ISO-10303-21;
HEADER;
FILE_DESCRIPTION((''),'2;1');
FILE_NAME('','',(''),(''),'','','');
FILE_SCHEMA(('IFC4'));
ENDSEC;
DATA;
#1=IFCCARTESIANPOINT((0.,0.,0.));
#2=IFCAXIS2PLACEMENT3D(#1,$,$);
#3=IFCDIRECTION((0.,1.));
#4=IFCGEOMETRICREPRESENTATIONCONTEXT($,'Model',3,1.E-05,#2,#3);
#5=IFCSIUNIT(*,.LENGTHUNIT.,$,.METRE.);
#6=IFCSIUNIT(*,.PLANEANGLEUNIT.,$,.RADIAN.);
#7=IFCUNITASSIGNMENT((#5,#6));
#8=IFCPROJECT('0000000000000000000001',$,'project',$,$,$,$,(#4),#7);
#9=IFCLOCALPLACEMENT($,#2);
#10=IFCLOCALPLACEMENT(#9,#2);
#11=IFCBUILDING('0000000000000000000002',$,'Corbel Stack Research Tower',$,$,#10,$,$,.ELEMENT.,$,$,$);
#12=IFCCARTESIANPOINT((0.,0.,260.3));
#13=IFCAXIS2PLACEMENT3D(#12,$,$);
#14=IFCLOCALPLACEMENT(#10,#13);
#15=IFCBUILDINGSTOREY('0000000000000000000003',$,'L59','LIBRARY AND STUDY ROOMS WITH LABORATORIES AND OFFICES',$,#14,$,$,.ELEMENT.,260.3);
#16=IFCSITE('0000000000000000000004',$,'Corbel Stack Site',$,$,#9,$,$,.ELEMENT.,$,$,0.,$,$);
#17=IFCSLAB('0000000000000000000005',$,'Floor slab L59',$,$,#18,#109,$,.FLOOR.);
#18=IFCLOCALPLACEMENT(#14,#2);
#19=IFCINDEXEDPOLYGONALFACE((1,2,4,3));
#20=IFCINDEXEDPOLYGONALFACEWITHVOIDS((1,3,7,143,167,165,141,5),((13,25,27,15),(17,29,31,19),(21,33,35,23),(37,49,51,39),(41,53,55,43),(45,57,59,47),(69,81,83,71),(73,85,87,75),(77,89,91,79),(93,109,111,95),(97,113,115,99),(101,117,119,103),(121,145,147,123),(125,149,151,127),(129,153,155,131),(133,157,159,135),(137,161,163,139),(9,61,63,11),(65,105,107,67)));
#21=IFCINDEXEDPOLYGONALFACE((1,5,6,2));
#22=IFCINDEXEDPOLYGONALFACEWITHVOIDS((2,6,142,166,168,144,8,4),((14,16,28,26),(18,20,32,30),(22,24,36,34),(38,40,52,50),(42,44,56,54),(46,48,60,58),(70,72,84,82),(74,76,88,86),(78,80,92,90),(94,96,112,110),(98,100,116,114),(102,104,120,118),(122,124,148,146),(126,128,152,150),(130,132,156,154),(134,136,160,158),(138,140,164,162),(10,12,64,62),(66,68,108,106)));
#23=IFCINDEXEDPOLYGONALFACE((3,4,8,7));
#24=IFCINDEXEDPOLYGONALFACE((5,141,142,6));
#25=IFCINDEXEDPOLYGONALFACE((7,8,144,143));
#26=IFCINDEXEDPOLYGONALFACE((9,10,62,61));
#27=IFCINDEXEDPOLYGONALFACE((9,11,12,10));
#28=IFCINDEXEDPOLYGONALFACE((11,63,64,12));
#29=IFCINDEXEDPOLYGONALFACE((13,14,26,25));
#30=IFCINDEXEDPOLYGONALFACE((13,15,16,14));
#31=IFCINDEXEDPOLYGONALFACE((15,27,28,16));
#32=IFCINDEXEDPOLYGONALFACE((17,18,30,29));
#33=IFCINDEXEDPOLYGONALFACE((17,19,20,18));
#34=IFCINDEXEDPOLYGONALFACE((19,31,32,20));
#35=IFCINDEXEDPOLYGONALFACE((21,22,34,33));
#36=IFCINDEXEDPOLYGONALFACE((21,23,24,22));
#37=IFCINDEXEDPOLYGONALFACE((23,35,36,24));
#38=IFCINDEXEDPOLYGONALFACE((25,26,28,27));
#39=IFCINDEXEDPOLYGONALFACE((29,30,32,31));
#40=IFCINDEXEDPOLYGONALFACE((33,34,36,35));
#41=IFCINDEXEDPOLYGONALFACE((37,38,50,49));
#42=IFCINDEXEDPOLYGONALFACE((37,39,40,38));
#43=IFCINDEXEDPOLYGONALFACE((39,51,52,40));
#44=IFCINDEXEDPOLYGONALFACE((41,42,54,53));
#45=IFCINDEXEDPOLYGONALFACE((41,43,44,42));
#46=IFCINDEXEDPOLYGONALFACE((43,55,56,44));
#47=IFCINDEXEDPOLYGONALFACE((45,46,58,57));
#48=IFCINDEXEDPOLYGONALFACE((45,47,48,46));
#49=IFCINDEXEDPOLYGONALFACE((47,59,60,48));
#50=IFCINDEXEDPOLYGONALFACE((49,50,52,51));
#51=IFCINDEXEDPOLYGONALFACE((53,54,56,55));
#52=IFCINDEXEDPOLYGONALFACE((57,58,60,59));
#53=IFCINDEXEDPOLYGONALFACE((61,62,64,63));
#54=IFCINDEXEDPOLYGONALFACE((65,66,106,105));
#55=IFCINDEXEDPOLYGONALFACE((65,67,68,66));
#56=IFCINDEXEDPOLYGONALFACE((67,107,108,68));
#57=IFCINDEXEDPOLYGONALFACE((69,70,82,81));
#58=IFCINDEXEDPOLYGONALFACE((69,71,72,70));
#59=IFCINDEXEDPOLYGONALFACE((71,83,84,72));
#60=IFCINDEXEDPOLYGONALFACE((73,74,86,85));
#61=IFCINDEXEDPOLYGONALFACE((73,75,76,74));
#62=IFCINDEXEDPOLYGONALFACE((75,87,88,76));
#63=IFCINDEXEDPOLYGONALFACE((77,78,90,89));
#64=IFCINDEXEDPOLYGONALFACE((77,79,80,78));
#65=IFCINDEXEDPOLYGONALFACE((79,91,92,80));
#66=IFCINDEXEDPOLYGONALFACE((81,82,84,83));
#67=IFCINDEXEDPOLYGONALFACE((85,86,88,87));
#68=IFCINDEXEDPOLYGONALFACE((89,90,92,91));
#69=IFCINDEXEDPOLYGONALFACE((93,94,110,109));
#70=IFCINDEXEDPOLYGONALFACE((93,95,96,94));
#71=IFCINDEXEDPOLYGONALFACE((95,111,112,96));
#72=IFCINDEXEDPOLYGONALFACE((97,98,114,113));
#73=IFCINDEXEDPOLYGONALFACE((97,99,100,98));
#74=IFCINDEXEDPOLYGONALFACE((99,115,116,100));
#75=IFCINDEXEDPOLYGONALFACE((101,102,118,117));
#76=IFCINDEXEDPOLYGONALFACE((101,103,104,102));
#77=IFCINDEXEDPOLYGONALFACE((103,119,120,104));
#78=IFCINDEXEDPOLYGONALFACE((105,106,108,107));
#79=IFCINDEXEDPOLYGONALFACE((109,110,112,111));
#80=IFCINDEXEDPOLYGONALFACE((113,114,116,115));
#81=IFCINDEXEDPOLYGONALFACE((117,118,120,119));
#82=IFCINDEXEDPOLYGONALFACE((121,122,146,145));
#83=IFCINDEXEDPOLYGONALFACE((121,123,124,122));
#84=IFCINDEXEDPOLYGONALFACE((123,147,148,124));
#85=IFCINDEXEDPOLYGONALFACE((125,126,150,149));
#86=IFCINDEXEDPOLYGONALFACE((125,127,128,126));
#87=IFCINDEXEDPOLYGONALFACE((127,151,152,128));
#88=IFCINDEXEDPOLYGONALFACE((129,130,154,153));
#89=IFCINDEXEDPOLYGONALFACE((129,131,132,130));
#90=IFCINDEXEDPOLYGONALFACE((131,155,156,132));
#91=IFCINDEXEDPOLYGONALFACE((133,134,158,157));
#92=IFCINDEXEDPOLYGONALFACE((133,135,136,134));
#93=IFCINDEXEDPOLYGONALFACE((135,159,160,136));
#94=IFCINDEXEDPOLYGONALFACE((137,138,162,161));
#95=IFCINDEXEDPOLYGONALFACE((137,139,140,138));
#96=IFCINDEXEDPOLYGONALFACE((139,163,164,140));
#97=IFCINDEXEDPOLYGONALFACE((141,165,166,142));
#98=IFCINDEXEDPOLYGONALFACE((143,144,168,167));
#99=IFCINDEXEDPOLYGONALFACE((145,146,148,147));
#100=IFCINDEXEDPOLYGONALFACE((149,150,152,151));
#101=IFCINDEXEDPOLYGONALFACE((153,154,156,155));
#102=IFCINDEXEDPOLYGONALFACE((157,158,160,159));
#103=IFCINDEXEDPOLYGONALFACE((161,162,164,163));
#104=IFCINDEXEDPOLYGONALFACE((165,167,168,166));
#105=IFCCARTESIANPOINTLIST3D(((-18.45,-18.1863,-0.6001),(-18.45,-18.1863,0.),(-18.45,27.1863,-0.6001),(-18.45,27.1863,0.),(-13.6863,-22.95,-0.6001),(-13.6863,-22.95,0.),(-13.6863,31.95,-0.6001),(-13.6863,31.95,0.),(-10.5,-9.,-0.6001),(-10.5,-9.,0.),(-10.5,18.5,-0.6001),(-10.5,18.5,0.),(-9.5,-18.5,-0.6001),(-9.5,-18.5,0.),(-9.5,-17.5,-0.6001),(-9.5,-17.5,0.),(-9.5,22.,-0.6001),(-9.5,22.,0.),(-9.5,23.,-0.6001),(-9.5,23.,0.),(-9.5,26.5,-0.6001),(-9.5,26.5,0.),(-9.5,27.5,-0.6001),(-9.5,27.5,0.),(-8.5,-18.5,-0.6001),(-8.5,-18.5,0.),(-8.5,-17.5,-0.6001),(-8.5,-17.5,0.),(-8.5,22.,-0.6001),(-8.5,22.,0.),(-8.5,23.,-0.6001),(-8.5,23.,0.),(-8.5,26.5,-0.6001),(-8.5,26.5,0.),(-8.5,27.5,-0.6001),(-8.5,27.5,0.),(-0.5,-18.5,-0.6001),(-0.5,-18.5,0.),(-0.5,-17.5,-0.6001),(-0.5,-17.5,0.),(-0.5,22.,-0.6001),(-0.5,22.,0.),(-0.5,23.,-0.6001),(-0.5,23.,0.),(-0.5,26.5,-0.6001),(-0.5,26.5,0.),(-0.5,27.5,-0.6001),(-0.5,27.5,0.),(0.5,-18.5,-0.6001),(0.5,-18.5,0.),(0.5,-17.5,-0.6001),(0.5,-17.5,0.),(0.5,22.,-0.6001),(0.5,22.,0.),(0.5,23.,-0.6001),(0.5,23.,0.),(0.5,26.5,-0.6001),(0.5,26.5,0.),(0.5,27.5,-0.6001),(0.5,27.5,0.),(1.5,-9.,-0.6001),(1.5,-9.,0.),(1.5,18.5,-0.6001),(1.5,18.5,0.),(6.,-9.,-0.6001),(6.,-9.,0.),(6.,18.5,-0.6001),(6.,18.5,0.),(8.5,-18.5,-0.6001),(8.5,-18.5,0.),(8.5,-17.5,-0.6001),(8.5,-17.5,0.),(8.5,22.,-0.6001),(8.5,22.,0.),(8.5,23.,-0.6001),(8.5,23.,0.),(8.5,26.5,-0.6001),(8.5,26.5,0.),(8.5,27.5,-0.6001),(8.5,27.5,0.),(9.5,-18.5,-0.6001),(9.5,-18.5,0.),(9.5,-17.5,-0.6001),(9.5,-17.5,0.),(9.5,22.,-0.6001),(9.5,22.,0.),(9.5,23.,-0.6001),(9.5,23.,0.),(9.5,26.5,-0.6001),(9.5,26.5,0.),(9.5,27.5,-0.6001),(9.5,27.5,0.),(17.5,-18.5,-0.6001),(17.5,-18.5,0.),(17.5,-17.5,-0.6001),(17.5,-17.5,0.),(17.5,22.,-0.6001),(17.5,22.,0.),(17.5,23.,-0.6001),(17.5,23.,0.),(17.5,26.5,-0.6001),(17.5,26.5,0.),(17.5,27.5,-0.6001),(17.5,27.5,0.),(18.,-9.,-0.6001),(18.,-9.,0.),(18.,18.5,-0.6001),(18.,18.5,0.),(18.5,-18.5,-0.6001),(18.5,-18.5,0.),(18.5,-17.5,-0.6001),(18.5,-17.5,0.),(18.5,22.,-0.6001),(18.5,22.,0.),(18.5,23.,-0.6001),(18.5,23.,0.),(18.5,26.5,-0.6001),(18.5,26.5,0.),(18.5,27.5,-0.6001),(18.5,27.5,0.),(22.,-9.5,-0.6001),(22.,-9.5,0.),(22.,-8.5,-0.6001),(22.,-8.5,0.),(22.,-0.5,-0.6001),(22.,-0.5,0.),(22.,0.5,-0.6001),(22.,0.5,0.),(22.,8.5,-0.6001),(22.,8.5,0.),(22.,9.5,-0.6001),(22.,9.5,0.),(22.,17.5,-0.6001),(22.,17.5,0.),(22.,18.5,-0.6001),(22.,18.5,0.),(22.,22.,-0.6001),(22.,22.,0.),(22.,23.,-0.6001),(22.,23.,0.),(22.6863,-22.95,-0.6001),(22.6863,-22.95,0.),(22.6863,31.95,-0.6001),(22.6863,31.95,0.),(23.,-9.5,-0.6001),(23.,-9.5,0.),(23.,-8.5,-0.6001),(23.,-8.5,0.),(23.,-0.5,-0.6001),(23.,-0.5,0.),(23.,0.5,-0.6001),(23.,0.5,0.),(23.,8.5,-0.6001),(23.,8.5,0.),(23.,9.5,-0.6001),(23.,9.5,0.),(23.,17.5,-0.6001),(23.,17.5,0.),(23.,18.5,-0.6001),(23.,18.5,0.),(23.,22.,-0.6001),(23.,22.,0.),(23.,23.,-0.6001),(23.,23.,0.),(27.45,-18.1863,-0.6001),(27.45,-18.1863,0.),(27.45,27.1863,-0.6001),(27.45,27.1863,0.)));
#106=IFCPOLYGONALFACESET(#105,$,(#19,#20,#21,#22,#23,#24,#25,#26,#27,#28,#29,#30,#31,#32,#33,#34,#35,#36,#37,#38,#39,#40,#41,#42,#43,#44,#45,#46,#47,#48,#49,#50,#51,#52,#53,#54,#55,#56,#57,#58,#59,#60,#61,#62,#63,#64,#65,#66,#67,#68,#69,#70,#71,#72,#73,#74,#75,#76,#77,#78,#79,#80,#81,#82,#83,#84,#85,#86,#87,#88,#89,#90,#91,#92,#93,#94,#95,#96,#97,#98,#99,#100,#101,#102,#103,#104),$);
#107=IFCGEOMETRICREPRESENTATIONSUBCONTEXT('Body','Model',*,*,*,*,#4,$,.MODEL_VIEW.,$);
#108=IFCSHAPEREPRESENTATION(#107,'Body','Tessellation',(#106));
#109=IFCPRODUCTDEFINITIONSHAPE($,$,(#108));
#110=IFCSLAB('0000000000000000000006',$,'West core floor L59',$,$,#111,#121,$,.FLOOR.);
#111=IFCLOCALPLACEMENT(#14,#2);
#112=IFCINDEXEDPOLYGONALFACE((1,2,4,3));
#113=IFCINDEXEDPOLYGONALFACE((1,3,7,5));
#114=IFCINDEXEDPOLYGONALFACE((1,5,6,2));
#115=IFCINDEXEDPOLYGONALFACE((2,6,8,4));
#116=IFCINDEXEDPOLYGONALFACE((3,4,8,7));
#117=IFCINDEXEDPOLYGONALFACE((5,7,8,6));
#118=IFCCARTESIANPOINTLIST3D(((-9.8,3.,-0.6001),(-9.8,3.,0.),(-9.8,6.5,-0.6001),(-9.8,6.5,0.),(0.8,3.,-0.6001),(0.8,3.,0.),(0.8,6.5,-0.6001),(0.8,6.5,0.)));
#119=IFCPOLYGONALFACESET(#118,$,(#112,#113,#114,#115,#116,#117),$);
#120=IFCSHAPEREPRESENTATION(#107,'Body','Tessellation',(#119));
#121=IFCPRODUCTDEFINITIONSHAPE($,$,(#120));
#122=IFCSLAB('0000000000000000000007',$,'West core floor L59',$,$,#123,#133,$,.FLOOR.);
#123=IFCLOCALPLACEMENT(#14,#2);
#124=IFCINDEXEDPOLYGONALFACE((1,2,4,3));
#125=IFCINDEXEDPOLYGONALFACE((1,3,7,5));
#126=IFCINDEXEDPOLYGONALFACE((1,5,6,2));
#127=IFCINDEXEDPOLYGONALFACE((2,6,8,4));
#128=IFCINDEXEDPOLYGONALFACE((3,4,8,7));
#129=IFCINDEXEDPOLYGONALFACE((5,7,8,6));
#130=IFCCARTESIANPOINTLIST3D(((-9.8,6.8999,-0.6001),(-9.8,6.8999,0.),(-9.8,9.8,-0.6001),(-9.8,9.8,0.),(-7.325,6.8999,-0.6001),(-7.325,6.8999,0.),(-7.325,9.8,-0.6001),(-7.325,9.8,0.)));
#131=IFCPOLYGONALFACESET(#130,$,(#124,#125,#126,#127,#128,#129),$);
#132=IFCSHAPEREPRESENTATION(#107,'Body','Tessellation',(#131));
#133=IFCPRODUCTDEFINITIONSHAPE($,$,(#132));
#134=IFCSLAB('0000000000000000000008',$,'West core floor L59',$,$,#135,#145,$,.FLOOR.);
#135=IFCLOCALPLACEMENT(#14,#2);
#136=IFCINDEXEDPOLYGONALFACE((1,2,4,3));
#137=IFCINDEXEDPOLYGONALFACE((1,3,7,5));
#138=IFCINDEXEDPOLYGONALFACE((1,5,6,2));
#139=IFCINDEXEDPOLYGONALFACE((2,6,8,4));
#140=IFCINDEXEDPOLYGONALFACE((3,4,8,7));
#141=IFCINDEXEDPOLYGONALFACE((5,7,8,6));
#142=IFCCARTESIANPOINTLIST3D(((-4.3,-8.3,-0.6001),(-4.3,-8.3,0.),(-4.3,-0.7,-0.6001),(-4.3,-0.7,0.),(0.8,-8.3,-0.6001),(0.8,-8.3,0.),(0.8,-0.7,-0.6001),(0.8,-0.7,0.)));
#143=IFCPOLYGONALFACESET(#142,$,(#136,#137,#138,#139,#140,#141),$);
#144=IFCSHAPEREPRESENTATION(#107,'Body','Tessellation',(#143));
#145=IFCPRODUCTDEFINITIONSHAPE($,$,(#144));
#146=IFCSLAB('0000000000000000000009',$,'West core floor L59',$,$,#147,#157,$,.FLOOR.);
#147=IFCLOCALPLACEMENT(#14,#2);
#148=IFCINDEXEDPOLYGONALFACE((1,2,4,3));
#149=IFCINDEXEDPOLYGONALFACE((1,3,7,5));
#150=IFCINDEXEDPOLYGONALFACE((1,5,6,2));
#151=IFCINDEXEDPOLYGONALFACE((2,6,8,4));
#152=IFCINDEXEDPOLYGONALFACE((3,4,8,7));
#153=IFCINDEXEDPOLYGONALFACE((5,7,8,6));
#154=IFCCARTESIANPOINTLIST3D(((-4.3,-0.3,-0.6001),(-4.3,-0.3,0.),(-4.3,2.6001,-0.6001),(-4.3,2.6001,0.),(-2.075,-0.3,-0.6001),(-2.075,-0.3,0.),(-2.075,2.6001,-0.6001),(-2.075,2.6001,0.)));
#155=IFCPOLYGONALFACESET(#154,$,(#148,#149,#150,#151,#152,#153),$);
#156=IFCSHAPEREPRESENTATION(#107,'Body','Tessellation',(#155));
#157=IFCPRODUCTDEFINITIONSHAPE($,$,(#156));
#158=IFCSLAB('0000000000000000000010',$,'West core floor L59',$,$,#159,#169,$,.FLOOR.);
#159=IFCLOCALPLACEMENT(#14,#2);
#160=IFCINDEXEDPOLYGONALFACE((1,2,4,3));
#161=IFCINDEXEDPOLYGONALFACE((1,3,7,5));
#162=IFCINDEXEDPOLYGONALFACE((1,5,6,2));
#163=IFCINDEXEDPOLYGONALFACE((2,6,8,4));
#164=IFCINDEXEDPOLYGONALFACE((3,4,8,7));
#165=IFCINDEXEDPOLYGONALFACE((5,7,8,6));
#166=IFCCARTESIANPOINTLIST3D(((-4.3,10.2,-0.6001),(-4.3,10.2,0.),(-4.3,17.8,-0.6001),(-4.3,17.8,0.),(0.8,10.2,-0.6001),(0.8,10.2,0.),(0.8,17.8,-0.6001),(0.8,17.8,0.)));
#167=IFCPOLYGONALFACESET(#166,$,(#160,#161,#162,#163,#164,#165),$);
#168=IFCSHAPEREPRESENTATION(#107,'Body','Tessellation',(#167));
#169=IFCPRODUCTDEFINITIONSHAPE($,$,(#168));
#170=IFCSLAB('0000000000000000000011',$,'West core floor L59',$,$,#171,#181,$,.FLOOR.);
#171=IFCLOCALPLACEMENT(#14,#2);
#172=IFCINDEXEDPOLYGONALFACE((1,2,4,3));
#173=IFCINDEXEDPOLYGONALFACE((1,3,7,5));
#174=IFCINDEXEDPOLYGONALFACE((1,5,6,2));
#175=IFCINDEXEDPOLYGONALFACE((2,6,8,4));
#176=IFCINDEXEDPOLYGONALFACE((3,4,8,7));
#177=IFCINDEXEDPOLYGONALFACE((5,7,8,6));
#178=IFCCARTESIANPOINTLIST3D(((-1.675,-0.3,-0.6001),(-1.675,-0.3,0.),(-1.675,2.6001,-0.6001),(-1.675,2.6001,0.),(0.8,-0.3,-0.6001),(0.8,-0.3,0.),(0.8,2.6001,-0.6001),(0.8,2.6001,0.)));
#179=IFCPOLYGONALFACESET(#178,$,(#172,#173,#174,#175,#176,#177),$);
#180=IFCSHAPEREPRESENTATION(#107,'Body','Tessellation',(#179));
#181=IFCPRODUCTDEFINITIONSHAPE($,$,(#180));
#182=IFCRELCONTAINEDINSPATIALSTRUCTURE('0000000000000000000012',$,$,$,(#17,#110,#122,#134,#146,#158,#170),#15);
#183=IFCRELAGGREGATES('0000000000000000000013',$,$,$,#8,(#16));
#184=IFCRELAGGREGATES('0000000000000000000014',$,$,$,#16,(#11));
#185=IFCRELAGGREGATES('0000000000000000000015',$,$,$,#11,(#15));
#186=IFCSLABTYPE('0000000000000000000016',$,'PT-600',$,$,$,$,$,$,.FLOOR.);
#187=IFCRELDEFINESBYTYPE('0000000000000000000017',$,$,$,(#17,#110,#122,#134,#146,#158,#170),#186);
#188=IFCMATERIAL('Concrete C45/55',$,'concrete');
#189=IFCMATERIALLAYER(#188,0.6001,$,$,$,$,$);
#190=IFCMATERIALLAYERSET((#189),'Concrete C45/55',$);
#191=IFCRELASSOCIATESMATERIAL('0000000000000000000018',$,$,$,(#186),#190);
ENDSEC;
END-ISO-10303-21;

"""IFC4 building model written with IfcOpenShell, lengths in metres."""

from ifc_helpers import new_model, si_unit, direction, frame, origin, place, context, subcontext, project, spatial, polyline, outline, extrude, material, layer, layer_set, type_object, element, save


model = new_model("IFC4")

# Units and contexts
model_context = context("Model", 3, precision=1e-05, world=origin(), true_north=direction((0.0, 1.0)))
body_context = subcontext(model_context, "Body", "Model", "MODEL_VIEW")
ifc_project = project(units=[si_unit("LENGTHUNIT", "METRE"), si_unit("PLANEANGLEUNIT", "RADIAN")], contexts=[model_context])

# Site, building, storey
site_placement = place(None, origin())
site = spatial("IfcSite", under=ifc_project, at=site_placement, Name="Corbel Stack Site", CompositionType="ELEMENT", RefElevation=0.0)
building_placement = place(site_placement, origin())
building = spatial("IfcBuilding", under=site, at=building_placement, Name="Corbel Stack Research Tower", CompositionType="ELEMENT")
storey_placement = place(building_placement, frame((0.0, 0.0, 260.3)))
storey = spatial("IfcBuildingStorey", under=building, at=storey_placement, Name="L59", Description="LIBRARY AND STUDY ROOMS WITH LABORATORIES AND OFFICES", CompositionType="ELEMENT", Elevation=260.3)

# Slabs
ifc_material_1 = material(Name="Concrete C45/55", Category="concrete")
ifc_layer_1 = layer(ifc_material_1, 0.6001)
ifc_layer_set_1 = layer_set([ifc_layer_1], Name="Concrete C45/55")
slab_type = type_object("IfcSlabType", Name="PT-600", PredefinedType="FLOOR", material=ifc_layer_set_1)
slab_1_placement = place(storey_placement, frame((0.0, 0.0, -0.6001)))
element("IfcSlab", 1, at=slab_1_placement, inside=storey, type_object=slab_type, Name="Floor slab L59", PredefinedType="FLOOR", context=body_context, shape_type="SweptSolid", body=[
    extrude(outline(polyline([(-13.6863, -22.95), (22.6863, -22.95), (27.45, -18.1863), (27.45, 27.1863), (22.6863, 31.95), (-13.6863, 31.95), (-18.45, 27.1863), (-18.45, -18.1863), (-13.6863, -22.95)]), holes=[polyline([(22.0, 22.0), (22.0, 23.0), (23.0, 23.0), (23.0, 22.0), (22.0, 22.0)]), polyline([(23.0, 17.5), (22.0, 17.5), (22.0, 18.5), (23.0, 18.5), (23.0, 17.5)]), polyline([(23.0, 8.5), (22.0, 8.5), (22.0, 9.5), (23.0, 9.5), (23.0, 8.5)]), polyline([(22.0, -0.5), (22.0, 0.5), (23.0, 0.5), (23.0, -0.5), (22.0, -0.5)]), polyline([(23.0, -9.5), (22.0, -9.5), (22.0, -8.5), (23.0, -8.5), (23.0, -9.5)]), polyline([(17.5, 26.5), (17.5, 27.5), (18.5, 27.5), (18.5, 26.5), (17.5, 26.5)]), polyline([(18.5, 22.0), (17.5, 22.0), (17.5, 23.0), (18.5, 23.0), (18.5, 22.0)]), polyline([(18.5, -18.5), (17.5, -18.5), (17.5, -17.5), (18.5, -17.5), (18.5, -18.5)]), polyline([(6.0, -9.0), (6.0, 18.5), (18.0, 18.5), (18.0, -9.0), (6.0, -9.0)]), polyline([(9.5, 26.5), (8.5, 26.5), (8.5, 27.5), (9.5, 27.5), (9.5, 26.5)]), polyline([(9.5, 22.0), (8.5, 22.0), (8.5, 23.0), (9.5, 23.0), (9.5, 22.0)]), polyline([(9.5, -18.5), (8.5, -18.5), (8.5, -17.5), (9.5, -17.5), (9.5, -18.5)]), polyline([(1.5, -9.0), (-10.5, -9.0), (-10.5, 18.5), (1.5, 18.5), (1.5, -9.0)]), polyline([(-0.5, 26.5), (-0.5, 27.5), (0.5, 27.5), (0.5, 26.5), (-0.5, 26.5)]), polyline([(0.5, 22.0), (-0.5, 22.0), (-0.5, 23.0), (0.5, 23.0), (0.5, 22.0)]), polyline([(0.5, -18.5), (-0.5, -18.5), (-0.5, -17.5), (0.5, -17.5), (0.5, -18.5)]), polyline([(-9.5, 26.5), (-9.5, 27.5), (-8.5, 27.5), (-8.5, 26.5), (-9.5, 26.5)]), polyline([(-8.5, 22.0), (-9.5, 22.0), (-9.5, 23.0), (-8.5, 23.0), (-8.5, 22.0)]), polyline([(-8.5, -18.5), (-9.5, -18.5), (-9.5, -17.5), (-8.5, -17.5), (-8.5, -18.5)])]), origin(), (0.0, 0.0, 1.0), 0.6001),
])
slab_2_placement = place(storey_placement, frame((0.0, 0.0, -0.6001)))
element("IfcSlab", 2, at=slab_2_placement, inside=storey, type_object=slab_type, Name="West core floor L59", PredefinedType="FLOOR", context=body_context, shape_type="SweptSolid", body=[
    extrude(outline(polyline([(-9.8, 6.5), (-9.8, 3.0), (0.8, 3.0), (0.8, 6.5), (-9.8, 6.5)])), origin(), (0.0, 0.0, 1.0), 0.6001),
])
slab_3_placement = place(storey_placement, frame((0.0, 0.0, -0.6001)))
element("IfcSlab", 3, at=slab_3_placement, inside=storey, type_object=slab_type, Name="West core floor L59", PredefinedType="FLOOR", context=body_context, shape_type="SweptSolid", body=[
    extrude(outline(polyline([(-9.8, 6.8999), (-7.325, 6.8999), (-7.325, 9.8), (-9.8, 9.8), (-9.8, 6.8999)])), origin(), (0.0, 0.0, 1.0), 0.6001),
])
slab_4_placement = place(storey_placement, frame((0.0, 0.0, -0.6001)))
element("IfcSlab", 4, at=slab_4_placement, inside=storey, type_object=slab_type, Name="West core floor L59", PredefinedType="FLOOR", context=body_context, shape_type="SweptSolid", body=[
    extrude(outline(polyline([(-4.3, -0.7), (-4.3, -8.3), (0.8, -8.3), (0.8, -0.7), (-4.3, -0.7)])), origin(), (0.0, 0.0, 1.0), 0.6001),
])
slab_5_placement = place(storey_placement, frame((0.0, 0.0, -0.6001)))
element("IfcSlab", 5, at=slab_5_placement, inside=storey, type_object=slab_type, Name="West core floor L59", PredefinedType="FLOOR", context=body_context, shape_type="SweptSolid", body=[
    extrude(outline(polyline([(-4.3, 2.6001), (-4.3, -0.3), (-2.075, -0.3), (-2.075, 2.6001), (-4.3, 2.6001)])), origin(), (0.0, 0.0, 1.0), 0.6001),
])
slab_6_placement = place(storey_placement, frame((0.0, 0.0, -0.6001)))
element("IfcSlab", 6, at=slab_6_placement, inside=storey, type_object=slab_type, Name="West core floor L59", PredefinedType="FLOOR", context=body_context, shape_type="SweptSolid", body=[
    extrude(outline(polyline([(-4.3, 17.8), (-4.3, 10.2), (0.8, 10.2), (0.8, 17.8), (-4.3, 17.8)])), origin(), (0.0, 0.0, 1.0), 0.6001),
])
slab_7_placement = place(storey_placement, frame((0.0, 0.0, -0.6001)))
element("IfcSlab", 7, at=slab_7_placement, inside=storey, type_object=slab_type, Name="West core floor L59", PredefinedType="FLOOR", context=body_context, shape_type="SweptSolid", body=[
    extrude(outline(polyline([(-1.675, 2.6001), (-1.675, -0.3), (0.8, -0.3), (0.8, 2.6001), (-1.675, 2.6001)])), origin(), (0.0, 0.0, 1.0), 0.6001),
])

save(model, "model.ifc")
